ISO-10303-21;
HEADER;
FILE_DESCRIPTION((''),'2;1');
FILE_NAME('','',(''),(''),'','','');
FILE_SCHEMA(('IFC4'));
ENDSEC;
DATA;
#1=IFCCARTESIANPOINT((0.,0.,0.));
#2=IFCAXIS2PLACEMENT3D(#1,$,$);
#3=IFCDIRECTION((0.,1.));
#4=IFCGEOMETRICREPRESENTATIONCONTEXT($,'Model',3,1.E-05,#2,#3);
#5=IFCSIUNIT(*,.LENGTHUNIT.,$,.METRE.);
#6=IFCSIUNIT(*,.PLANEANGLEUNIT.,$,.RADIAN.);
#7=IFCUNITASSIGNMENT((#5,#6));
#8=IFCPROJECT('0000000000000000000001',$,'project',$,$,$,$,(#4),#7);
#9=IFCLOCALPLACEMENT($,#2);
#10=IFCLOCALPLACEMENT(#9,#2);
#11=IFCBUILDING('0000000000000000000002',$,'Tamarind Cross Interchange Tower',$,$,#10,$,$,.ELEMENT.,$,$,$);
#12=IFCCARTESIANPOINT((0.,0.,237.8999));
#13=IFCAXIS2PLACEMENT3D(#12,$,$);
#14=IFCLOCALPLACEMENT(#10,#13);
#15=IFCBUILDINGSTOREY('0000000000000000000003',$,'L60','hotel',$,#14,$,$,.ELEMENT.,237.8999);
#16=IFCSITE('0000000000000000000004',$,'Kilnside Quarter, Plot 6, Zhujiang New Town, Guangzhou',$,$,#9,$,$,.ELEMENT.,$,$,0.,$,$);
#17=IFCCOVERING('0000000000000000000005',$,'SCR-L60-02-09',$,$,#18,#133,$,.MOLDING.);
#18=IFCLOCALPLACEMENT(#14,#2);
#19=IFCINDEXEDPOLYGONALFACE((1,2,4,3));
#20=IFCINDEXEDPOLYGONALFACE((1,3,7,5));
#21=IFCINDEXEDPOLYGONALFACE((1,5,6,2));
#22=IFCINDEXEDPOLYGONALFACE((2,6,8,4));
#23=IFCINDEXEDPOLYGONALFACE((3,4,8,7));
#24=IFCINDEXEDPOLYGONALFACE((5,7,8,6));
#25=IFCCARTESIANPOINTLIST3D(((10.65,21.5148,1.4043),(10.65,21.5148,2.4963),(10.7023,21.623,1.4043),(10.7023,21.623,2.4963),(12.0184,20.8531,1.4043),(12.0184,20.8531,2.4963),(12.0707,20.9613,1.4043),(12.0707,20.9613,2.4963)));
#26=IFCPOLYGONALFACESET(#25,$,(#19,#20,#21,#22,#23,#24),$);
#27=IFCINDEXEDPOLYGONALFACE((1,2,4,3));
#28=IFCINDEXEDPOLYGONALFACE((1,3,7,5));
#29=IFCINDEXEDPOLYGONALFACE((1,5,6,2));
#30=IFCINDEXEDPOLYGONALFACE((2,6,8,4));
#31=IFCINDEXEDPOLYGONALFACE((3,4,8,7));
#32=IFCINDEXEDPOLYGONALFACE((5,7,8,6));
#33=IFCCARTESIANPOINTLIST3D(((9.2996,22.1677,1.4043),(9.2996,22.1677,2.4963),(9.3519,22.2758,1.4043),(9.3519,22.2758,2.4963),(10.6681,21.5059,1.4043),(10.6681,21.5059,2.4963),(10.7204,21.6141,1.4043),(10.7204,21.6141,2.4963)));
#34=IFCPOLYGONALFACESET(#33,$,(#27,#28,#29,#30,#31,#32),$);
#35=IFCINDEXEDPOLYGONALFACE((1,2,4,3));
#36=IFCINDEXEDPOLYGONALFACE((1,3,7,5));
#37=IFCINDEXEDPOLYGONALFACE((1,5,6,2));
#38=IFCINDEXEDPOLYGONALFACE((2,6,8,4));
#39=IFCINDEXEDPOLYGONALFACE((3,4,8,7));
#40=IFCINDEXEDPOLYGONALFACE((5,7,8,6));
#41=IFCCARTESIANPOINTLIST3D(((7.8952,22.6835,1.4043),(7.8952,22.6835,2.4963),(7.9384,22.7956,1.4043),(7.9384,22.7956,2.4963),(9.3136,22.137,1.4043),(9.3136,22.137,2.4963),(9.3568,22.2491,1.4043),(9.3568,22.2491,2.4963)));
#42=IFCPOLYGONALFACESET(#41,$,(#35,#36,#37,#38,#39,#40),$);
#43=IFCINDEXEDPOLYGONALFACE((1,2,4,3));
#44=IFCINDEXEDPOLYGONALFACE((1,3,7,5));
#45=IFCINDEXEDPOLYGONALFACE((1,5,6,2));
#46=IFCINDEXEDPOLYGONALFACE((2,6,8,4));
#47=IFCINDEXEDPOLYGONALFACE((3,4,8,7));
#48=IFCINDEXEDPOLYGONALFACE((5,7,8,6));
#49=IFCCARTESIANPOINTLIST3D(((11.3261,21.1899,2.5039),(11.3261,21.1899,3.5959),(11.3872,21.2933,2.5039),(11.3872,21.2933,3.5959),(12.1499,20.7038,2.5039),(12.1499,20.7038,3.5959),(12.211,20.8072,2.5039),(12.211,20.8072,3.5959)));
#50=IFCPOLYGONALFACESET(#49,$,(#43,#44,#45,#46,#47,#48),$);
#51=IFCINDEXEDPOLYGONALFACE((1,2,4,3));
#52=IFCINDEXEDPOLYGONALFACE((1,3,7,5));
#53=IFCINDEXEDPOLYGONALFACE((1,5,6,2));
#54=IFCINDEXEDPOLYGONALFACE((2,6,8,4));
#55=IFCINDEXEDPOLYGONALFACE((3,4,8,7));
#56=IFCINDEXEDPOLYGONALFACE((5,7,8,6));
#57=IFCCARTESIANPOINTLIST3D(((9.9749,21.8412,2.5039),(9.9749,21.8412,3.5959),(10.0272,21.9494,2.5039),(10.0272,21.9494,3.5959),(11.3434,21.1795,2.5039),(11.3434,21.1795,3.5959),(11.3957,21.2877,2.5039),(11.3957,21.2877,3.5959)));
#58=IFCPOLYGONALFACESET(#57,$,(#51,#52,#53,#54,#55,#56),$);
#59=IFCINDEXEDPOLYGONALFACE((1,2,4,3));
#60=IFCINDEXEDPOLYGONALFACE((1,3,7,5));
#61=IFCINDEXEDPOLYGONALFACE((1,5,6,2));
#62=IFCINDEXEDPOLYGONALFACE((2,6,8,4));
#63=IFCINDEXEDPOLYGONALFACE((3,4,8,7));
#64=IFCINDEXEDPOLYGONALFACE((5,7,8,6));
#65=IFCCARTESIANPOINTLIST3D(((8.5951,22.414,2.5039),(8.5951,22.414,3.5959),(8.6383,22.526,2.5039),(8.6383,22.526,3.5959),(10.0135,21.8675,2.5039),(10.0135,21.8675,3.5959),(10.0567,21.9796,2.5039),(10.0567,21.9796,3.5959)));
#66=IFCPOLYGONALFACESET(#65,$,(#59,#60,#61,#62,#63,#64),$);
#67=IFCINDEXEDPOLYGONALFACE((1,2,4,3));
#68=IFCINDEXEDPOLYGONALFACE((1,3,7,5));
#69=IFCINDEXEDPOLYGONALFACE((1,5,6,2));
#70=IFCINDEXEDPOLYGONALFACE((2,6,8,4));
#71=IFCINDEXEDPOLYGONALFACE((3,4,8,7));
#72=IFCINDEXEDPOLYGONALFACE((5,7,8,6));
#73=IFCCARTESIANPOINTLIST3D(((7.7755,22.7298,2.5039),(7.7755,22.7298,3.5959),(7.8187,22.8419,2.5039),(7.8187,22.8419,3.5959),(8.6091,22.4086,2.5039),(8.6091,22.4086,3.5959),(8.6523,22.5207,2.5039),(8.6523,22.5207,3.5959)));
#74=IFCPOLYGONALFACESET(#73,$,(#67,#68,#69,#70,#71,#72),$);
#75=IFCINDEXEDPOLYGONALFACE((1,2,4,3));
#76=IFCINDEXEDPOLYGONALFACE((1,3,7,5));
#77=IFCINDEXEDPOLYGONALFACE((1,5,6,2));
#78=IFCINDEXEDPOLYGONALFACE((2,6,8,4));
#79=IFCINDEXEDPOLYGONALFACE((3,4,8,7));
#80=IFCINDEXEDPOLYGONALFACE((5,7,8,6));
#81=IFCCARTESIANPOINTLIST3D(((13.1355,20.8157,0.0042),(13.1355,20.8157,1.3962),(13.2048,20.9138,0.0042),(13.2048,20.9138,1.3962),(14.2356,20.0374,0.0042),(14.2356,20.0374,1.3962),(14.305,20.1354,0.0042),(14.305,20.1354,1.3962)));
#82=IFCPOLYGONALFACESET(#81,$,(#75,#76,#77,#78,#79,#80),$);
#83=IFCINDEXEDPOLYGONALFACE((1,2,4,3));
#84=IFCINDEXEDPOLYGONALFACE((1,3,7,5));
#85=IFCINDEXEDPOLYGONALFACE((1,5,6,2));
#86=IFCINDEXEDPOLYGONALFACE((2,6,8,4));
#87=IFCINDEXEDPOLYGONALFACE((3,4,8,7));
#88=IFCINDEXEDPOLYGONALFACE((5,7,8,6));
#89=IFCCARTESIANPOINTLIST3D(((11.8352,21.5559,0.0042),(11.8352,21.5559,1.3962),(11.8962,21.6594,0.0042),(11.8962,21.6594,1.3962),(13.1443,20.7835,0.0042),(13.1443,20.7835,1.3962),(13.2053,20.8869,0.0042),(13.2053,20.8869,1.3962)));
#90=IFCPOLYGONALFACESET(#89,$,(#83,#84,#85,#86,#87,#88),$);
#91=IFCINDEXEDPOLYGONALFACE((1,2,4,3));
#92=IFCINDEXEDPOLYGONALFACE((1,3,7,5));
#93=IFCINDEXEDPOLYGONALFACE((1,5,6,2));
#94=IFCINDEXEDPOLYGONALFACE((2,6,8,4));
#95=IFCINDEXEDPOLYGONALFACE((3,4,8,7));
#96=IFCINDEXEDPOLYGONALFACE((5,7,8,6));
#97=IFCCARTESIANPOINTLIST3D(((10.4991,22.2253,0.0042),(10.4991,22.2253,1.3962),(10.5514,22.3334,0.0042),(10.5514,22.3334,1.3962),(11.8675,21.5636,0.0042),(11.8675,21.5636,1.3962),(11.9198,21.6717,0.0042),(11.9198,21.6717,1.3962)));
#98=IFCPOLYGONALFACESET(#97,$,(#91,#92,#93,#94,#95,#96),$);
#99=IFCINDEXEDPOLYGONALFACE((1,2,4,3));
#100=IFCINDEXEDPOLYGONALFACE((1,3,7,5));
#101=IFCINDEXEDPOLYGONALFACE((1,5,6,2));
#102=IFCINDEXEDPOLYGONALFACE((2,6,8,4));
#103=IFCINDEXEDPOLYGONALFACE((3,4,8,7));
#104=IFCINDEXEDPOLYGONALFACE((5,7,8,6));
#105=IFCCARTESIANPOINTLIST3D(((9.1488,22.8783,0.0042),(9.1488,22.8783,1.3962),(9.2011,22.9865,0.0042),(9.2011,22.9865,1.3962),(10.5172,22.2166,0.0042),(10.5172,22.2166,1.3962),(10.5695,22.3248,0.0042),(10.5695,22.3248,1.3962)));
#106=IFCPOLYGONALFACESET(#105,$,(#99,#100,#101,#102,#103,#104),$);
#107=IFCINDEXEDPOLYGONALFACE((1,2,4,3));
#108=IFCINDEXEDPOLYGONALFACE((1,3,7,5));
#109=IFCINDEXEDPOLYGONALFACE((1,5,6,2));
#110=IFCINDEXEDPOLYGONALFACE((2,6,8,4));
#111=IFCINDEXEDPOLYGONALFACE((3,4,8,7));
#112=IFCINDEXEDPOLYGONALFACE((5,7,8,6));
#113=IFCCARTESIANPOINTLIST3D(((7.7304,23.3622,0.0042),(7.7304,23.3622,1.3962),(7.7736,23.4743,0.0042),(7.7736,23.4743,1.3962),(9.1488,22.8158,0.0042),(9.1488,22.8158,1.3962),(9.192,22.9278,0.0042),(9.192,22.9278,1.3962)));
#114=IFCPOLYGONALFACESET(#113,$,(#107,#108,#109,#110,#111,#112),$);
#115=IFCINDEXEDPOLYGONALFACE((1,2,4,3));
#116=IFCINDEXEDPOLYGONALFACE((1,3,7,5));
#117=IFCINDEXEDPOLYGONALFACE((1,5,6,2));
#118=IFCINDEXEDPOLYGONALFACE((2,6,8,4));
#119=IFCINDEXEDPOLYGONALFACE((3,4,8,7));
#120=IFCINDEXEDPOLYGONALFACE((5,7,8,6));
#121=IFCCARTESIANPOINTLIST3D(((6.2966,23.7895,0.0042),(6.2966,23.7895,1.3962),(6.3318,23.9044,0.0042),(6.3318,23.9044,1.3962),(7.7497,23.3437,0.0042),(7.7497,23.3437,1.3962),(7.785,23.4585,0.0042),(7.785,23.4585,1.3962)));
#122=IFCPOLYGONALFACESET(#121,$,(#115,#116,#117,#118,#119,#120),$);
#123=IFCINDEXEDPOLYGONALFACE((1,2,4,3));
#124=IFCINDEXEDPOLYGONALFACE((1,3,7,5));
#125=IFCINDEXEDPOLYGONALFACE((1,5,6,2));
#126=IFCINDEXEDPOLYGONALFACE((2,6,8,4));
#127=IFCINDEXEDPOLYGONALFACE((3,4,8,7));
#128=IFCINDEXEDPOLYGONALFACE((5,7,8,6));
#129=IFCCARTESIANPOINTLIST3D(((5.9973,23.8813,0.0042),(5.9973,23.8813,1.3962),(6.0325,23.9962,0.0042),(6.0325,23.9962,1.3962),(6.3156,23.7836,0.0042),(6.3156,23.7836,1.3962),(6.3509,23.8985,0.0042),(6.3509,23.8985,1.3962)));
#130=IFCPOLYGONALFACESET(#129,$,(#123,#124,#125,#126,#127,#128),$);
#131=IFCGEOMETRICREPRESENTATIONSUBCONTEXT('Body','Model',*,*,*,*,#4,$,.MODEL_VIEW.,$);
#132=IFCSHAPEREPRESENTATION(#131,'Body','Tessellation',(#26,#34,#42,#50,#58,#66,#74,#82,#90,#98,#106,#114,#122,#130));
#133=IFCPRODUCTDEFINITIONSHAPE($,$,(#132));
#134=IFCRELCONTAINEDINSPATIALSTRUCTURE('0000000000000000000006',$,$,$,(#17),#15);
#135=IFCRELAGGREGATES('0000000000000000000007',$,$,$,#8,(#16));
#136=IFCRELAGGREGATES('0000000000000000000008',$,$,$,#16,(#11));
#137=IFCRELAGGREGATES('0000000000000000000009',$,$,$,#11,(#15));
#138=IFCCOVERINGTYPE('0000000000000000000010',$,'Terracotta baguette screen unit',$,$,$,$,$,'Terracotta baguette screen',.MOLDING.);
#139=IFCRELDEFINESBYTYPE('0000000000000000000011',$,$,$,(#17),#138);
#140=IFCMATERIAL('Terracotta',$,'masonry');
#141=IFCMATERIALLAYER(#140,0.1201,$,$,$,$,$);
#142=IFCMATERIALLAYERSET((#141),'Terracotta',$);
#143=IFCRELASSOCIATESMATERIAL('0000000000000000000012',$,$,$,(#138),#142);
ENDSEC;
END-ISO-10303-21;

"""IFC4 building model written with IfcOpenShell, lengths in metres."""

from ifc_helpers import new_model, si_unit, direction, frame, origin, origin_2d, place, context, subcontext, project, spatial, rectangle, extrude, material, layer, layer_set, type_object, element, save


model = new_model("IFC4")

# Units and contexts
model_context = context("Model", 3, precision=1e-05, world=origin(), true_north=direction((0.0, 1.0)))
body_context = subcontext(model_context, "Body", "Model", "MODEL_VIEW")
ifc_project = project(units=[si_unit("LENGTHUNIT", "METRE"), si_unit("PLANEANGLEUNIT", "RADIAN")], contexts=[model_context])

# Site, building, storey
site_placement = place(None, origin())
site = spatial("IfcSite", under=ifc_project, at=site_placement, Name="Kilnside Quarter, Plot 6, Zhujiang New Town, Guangzhou", CompositionType="ELEMENT", RefElevation=0.0)
building_placement = place(site_placement, origin())
building = spatial("IfcBuilding", under=site, at=building_placement, Name="Tamarind Cross Interchange Tower", CompositionType="ELEMENT")
storey_placement = place(building_placement, frame((0.0, 0.0, 237.8999)))
storey = spatial("IfcBuildingStorey", under=building, at=storey_placement, Name="L60", Description="hotel", CompositionType="ELEMENT", Elevation=237.8999)

# Covering
ifc_material_1 = material(Name="Terracotta", Category="masonry")
ifc_layer_1 = layer(ifc_material_1, 0.1201)
ifc_layer_set_1 = layer_set([ifc_layer_1], Name="Terracotta")
covering_type = type_object("IfcCoveringType", Name="Terracotta baguette screen unit", ElementType="Terracotta baguette screen", PredefinedType="MOLDING", material=ifc_layer_set_1)
covering_1_placement = place(storey_placement, origin())
element("IfcCovering", 1, at=covering_1_placement, inside=storey, type_object=covering_type, Name="SCR-L60-02-09", PredefinedType="MOLDING", context=body_context, shape_type="SweptSolid", body=[
    extrude(rectangle(XDim=1.52, YDim=0.1201, at=origin_2d()), frame((11.3604, 21.238, 1.4043), z_axis=(0.0, 0.0, 1.0), x_axis=(-0.900273, 0.435326, 0.0)), (0.0, 0.0, 1.0), 1.092),
    extrude(rectangle(XDim=1.52, YDim=0.1201, at=origin_2d()), frame((10.01, 21.8909, 1.4043), z_axis=(0.0, 0.0, 1.0), x_axis=(-0.900273, 0.435326, 0.0)), (0.0, 0.0, 1.0), 1.092),
    extrude(rectangle(XDim=1.52, YDim=0.1201, at=origin_2d()), frame((8.626, 22.4663, 1.4043), z_axis=(0.0, 0.0, 1.0), x_axis=(-0.933147, 0.359495, 0.0)), (0.0, 0.0, 1.0), 1.092),
    extrude(rectangle(XDim=0.9565, YDim=0.1201, at=origin_2d()), frame((11.7686, 20.9985, 2.5039), z_axis=(0.0, 0.0, 1.0), x_axis=(-0.861249, 0.508183, 0.0)), (0.0, 0.0, 1.0), 1.092),
    extrude(rectangle(XDim=1.52, YDim=0.1201, at=origin_2d()), frame((10.6853, 21.5645, 2.5039), z_axis=(0.0, 0.0, 1.0), x_axis=(-0.900273, 0.435326, 0.0)), (0.0, 0.0, 1.0), 1.092),
    extrude(rectangle(XDim=1.52, YDim=0.1201, at=origin_2d()), frame((9.3259, 22.1968, 2.5039), z_axis=(0.0, 0.0, 1.0), x_axis=(-0.933147, 0.359495, 0.0)), (0.0, 0.0, 1.0), 1.092),
    extrude(rectangle(XDim=0.8933, YDim=0.1201, at=origin_2d()), frame((8.2139, 22.6252, 2.5039), z_axis=(0.0, 0.0, 1.0), x_axis=(-0.933147, 0.359495, 0.0)), (0.0, 0.0, 1.0), 1.092),
    extrude(rectangle(XDim=1.3477, YDim=0.1201, at=origin_2d()), frame((13.7202, 20.4756, 0.0042), z_axis=(0.0, 0.0, 1.0), x_axis=(-0.816342, 0.577569, 0.0)), (0.0, 0.0, 1.0), 1.3921),
    extrude(rectangle(XDim=1.52, YDim=0.1201, at=origin_2d()), frame((12.5203, 21.2214, 0.0042), z_axis=(0.0, 0.0, 1.0), x_axis=(-0.861249, 0.508183, 0.0)), (0.0, 0.0, 1.0), 1.3921),
    extrude(rectangle(XDim=1.52, YDim=0.1201, at=origin_2d()), frame((11.2095, 21.9485, 0.0042), z_axis=(0.0, 0.0, 1.0), x_axis=(-0.900273, 0.435326, 0.0)), (0.0, 0.0, 1.0), 1.3921),
    extrude(rectangle(XDim=1.52, YDim=0.1201, at=origin_2d()), frame((9.8591, 22.6016, 0.0042), z_axis=(0.0, 0.0, 1.0), x_axis=(-0.900273, 0.435326, 0.0)), (0.0, 0.0, 1.0), 1.3921),
    extrude(rectangle(XDim=1.52, YDim=0.1201, at=origin_2d()), frame((8.4612, 23.145, 0.0042), z_axis=(0.0, 0.0, 1.0), x_axis=(-0.933147, 0.359495, 0.0)), (0.0, 0.0, 1.0), 1.3921),
    extrude(rectangle(XDim=1.52, YDim=0.1201, at=origin_2d()), frame((7.0408, 23.624, 0.0042), z_axis=(0.0, 0.0, 1.0), x_axis=(-0.95601, 0.293333, 0.0)), (0.0, 0.0, 1.0), 1.3921),
    extrude(rectangle(XDim=0.333, YDim=0.1201, at=origin_2d()), frame((6.1741, 23.8899, 0.0042), z_axis=(0.0, 0.0, 1.0), x_axis=(-0.95601, 0.293333, 0.0)), (0.0, 0.0, 1.0), 1.3921),
])

save(model, "model.ifc")
